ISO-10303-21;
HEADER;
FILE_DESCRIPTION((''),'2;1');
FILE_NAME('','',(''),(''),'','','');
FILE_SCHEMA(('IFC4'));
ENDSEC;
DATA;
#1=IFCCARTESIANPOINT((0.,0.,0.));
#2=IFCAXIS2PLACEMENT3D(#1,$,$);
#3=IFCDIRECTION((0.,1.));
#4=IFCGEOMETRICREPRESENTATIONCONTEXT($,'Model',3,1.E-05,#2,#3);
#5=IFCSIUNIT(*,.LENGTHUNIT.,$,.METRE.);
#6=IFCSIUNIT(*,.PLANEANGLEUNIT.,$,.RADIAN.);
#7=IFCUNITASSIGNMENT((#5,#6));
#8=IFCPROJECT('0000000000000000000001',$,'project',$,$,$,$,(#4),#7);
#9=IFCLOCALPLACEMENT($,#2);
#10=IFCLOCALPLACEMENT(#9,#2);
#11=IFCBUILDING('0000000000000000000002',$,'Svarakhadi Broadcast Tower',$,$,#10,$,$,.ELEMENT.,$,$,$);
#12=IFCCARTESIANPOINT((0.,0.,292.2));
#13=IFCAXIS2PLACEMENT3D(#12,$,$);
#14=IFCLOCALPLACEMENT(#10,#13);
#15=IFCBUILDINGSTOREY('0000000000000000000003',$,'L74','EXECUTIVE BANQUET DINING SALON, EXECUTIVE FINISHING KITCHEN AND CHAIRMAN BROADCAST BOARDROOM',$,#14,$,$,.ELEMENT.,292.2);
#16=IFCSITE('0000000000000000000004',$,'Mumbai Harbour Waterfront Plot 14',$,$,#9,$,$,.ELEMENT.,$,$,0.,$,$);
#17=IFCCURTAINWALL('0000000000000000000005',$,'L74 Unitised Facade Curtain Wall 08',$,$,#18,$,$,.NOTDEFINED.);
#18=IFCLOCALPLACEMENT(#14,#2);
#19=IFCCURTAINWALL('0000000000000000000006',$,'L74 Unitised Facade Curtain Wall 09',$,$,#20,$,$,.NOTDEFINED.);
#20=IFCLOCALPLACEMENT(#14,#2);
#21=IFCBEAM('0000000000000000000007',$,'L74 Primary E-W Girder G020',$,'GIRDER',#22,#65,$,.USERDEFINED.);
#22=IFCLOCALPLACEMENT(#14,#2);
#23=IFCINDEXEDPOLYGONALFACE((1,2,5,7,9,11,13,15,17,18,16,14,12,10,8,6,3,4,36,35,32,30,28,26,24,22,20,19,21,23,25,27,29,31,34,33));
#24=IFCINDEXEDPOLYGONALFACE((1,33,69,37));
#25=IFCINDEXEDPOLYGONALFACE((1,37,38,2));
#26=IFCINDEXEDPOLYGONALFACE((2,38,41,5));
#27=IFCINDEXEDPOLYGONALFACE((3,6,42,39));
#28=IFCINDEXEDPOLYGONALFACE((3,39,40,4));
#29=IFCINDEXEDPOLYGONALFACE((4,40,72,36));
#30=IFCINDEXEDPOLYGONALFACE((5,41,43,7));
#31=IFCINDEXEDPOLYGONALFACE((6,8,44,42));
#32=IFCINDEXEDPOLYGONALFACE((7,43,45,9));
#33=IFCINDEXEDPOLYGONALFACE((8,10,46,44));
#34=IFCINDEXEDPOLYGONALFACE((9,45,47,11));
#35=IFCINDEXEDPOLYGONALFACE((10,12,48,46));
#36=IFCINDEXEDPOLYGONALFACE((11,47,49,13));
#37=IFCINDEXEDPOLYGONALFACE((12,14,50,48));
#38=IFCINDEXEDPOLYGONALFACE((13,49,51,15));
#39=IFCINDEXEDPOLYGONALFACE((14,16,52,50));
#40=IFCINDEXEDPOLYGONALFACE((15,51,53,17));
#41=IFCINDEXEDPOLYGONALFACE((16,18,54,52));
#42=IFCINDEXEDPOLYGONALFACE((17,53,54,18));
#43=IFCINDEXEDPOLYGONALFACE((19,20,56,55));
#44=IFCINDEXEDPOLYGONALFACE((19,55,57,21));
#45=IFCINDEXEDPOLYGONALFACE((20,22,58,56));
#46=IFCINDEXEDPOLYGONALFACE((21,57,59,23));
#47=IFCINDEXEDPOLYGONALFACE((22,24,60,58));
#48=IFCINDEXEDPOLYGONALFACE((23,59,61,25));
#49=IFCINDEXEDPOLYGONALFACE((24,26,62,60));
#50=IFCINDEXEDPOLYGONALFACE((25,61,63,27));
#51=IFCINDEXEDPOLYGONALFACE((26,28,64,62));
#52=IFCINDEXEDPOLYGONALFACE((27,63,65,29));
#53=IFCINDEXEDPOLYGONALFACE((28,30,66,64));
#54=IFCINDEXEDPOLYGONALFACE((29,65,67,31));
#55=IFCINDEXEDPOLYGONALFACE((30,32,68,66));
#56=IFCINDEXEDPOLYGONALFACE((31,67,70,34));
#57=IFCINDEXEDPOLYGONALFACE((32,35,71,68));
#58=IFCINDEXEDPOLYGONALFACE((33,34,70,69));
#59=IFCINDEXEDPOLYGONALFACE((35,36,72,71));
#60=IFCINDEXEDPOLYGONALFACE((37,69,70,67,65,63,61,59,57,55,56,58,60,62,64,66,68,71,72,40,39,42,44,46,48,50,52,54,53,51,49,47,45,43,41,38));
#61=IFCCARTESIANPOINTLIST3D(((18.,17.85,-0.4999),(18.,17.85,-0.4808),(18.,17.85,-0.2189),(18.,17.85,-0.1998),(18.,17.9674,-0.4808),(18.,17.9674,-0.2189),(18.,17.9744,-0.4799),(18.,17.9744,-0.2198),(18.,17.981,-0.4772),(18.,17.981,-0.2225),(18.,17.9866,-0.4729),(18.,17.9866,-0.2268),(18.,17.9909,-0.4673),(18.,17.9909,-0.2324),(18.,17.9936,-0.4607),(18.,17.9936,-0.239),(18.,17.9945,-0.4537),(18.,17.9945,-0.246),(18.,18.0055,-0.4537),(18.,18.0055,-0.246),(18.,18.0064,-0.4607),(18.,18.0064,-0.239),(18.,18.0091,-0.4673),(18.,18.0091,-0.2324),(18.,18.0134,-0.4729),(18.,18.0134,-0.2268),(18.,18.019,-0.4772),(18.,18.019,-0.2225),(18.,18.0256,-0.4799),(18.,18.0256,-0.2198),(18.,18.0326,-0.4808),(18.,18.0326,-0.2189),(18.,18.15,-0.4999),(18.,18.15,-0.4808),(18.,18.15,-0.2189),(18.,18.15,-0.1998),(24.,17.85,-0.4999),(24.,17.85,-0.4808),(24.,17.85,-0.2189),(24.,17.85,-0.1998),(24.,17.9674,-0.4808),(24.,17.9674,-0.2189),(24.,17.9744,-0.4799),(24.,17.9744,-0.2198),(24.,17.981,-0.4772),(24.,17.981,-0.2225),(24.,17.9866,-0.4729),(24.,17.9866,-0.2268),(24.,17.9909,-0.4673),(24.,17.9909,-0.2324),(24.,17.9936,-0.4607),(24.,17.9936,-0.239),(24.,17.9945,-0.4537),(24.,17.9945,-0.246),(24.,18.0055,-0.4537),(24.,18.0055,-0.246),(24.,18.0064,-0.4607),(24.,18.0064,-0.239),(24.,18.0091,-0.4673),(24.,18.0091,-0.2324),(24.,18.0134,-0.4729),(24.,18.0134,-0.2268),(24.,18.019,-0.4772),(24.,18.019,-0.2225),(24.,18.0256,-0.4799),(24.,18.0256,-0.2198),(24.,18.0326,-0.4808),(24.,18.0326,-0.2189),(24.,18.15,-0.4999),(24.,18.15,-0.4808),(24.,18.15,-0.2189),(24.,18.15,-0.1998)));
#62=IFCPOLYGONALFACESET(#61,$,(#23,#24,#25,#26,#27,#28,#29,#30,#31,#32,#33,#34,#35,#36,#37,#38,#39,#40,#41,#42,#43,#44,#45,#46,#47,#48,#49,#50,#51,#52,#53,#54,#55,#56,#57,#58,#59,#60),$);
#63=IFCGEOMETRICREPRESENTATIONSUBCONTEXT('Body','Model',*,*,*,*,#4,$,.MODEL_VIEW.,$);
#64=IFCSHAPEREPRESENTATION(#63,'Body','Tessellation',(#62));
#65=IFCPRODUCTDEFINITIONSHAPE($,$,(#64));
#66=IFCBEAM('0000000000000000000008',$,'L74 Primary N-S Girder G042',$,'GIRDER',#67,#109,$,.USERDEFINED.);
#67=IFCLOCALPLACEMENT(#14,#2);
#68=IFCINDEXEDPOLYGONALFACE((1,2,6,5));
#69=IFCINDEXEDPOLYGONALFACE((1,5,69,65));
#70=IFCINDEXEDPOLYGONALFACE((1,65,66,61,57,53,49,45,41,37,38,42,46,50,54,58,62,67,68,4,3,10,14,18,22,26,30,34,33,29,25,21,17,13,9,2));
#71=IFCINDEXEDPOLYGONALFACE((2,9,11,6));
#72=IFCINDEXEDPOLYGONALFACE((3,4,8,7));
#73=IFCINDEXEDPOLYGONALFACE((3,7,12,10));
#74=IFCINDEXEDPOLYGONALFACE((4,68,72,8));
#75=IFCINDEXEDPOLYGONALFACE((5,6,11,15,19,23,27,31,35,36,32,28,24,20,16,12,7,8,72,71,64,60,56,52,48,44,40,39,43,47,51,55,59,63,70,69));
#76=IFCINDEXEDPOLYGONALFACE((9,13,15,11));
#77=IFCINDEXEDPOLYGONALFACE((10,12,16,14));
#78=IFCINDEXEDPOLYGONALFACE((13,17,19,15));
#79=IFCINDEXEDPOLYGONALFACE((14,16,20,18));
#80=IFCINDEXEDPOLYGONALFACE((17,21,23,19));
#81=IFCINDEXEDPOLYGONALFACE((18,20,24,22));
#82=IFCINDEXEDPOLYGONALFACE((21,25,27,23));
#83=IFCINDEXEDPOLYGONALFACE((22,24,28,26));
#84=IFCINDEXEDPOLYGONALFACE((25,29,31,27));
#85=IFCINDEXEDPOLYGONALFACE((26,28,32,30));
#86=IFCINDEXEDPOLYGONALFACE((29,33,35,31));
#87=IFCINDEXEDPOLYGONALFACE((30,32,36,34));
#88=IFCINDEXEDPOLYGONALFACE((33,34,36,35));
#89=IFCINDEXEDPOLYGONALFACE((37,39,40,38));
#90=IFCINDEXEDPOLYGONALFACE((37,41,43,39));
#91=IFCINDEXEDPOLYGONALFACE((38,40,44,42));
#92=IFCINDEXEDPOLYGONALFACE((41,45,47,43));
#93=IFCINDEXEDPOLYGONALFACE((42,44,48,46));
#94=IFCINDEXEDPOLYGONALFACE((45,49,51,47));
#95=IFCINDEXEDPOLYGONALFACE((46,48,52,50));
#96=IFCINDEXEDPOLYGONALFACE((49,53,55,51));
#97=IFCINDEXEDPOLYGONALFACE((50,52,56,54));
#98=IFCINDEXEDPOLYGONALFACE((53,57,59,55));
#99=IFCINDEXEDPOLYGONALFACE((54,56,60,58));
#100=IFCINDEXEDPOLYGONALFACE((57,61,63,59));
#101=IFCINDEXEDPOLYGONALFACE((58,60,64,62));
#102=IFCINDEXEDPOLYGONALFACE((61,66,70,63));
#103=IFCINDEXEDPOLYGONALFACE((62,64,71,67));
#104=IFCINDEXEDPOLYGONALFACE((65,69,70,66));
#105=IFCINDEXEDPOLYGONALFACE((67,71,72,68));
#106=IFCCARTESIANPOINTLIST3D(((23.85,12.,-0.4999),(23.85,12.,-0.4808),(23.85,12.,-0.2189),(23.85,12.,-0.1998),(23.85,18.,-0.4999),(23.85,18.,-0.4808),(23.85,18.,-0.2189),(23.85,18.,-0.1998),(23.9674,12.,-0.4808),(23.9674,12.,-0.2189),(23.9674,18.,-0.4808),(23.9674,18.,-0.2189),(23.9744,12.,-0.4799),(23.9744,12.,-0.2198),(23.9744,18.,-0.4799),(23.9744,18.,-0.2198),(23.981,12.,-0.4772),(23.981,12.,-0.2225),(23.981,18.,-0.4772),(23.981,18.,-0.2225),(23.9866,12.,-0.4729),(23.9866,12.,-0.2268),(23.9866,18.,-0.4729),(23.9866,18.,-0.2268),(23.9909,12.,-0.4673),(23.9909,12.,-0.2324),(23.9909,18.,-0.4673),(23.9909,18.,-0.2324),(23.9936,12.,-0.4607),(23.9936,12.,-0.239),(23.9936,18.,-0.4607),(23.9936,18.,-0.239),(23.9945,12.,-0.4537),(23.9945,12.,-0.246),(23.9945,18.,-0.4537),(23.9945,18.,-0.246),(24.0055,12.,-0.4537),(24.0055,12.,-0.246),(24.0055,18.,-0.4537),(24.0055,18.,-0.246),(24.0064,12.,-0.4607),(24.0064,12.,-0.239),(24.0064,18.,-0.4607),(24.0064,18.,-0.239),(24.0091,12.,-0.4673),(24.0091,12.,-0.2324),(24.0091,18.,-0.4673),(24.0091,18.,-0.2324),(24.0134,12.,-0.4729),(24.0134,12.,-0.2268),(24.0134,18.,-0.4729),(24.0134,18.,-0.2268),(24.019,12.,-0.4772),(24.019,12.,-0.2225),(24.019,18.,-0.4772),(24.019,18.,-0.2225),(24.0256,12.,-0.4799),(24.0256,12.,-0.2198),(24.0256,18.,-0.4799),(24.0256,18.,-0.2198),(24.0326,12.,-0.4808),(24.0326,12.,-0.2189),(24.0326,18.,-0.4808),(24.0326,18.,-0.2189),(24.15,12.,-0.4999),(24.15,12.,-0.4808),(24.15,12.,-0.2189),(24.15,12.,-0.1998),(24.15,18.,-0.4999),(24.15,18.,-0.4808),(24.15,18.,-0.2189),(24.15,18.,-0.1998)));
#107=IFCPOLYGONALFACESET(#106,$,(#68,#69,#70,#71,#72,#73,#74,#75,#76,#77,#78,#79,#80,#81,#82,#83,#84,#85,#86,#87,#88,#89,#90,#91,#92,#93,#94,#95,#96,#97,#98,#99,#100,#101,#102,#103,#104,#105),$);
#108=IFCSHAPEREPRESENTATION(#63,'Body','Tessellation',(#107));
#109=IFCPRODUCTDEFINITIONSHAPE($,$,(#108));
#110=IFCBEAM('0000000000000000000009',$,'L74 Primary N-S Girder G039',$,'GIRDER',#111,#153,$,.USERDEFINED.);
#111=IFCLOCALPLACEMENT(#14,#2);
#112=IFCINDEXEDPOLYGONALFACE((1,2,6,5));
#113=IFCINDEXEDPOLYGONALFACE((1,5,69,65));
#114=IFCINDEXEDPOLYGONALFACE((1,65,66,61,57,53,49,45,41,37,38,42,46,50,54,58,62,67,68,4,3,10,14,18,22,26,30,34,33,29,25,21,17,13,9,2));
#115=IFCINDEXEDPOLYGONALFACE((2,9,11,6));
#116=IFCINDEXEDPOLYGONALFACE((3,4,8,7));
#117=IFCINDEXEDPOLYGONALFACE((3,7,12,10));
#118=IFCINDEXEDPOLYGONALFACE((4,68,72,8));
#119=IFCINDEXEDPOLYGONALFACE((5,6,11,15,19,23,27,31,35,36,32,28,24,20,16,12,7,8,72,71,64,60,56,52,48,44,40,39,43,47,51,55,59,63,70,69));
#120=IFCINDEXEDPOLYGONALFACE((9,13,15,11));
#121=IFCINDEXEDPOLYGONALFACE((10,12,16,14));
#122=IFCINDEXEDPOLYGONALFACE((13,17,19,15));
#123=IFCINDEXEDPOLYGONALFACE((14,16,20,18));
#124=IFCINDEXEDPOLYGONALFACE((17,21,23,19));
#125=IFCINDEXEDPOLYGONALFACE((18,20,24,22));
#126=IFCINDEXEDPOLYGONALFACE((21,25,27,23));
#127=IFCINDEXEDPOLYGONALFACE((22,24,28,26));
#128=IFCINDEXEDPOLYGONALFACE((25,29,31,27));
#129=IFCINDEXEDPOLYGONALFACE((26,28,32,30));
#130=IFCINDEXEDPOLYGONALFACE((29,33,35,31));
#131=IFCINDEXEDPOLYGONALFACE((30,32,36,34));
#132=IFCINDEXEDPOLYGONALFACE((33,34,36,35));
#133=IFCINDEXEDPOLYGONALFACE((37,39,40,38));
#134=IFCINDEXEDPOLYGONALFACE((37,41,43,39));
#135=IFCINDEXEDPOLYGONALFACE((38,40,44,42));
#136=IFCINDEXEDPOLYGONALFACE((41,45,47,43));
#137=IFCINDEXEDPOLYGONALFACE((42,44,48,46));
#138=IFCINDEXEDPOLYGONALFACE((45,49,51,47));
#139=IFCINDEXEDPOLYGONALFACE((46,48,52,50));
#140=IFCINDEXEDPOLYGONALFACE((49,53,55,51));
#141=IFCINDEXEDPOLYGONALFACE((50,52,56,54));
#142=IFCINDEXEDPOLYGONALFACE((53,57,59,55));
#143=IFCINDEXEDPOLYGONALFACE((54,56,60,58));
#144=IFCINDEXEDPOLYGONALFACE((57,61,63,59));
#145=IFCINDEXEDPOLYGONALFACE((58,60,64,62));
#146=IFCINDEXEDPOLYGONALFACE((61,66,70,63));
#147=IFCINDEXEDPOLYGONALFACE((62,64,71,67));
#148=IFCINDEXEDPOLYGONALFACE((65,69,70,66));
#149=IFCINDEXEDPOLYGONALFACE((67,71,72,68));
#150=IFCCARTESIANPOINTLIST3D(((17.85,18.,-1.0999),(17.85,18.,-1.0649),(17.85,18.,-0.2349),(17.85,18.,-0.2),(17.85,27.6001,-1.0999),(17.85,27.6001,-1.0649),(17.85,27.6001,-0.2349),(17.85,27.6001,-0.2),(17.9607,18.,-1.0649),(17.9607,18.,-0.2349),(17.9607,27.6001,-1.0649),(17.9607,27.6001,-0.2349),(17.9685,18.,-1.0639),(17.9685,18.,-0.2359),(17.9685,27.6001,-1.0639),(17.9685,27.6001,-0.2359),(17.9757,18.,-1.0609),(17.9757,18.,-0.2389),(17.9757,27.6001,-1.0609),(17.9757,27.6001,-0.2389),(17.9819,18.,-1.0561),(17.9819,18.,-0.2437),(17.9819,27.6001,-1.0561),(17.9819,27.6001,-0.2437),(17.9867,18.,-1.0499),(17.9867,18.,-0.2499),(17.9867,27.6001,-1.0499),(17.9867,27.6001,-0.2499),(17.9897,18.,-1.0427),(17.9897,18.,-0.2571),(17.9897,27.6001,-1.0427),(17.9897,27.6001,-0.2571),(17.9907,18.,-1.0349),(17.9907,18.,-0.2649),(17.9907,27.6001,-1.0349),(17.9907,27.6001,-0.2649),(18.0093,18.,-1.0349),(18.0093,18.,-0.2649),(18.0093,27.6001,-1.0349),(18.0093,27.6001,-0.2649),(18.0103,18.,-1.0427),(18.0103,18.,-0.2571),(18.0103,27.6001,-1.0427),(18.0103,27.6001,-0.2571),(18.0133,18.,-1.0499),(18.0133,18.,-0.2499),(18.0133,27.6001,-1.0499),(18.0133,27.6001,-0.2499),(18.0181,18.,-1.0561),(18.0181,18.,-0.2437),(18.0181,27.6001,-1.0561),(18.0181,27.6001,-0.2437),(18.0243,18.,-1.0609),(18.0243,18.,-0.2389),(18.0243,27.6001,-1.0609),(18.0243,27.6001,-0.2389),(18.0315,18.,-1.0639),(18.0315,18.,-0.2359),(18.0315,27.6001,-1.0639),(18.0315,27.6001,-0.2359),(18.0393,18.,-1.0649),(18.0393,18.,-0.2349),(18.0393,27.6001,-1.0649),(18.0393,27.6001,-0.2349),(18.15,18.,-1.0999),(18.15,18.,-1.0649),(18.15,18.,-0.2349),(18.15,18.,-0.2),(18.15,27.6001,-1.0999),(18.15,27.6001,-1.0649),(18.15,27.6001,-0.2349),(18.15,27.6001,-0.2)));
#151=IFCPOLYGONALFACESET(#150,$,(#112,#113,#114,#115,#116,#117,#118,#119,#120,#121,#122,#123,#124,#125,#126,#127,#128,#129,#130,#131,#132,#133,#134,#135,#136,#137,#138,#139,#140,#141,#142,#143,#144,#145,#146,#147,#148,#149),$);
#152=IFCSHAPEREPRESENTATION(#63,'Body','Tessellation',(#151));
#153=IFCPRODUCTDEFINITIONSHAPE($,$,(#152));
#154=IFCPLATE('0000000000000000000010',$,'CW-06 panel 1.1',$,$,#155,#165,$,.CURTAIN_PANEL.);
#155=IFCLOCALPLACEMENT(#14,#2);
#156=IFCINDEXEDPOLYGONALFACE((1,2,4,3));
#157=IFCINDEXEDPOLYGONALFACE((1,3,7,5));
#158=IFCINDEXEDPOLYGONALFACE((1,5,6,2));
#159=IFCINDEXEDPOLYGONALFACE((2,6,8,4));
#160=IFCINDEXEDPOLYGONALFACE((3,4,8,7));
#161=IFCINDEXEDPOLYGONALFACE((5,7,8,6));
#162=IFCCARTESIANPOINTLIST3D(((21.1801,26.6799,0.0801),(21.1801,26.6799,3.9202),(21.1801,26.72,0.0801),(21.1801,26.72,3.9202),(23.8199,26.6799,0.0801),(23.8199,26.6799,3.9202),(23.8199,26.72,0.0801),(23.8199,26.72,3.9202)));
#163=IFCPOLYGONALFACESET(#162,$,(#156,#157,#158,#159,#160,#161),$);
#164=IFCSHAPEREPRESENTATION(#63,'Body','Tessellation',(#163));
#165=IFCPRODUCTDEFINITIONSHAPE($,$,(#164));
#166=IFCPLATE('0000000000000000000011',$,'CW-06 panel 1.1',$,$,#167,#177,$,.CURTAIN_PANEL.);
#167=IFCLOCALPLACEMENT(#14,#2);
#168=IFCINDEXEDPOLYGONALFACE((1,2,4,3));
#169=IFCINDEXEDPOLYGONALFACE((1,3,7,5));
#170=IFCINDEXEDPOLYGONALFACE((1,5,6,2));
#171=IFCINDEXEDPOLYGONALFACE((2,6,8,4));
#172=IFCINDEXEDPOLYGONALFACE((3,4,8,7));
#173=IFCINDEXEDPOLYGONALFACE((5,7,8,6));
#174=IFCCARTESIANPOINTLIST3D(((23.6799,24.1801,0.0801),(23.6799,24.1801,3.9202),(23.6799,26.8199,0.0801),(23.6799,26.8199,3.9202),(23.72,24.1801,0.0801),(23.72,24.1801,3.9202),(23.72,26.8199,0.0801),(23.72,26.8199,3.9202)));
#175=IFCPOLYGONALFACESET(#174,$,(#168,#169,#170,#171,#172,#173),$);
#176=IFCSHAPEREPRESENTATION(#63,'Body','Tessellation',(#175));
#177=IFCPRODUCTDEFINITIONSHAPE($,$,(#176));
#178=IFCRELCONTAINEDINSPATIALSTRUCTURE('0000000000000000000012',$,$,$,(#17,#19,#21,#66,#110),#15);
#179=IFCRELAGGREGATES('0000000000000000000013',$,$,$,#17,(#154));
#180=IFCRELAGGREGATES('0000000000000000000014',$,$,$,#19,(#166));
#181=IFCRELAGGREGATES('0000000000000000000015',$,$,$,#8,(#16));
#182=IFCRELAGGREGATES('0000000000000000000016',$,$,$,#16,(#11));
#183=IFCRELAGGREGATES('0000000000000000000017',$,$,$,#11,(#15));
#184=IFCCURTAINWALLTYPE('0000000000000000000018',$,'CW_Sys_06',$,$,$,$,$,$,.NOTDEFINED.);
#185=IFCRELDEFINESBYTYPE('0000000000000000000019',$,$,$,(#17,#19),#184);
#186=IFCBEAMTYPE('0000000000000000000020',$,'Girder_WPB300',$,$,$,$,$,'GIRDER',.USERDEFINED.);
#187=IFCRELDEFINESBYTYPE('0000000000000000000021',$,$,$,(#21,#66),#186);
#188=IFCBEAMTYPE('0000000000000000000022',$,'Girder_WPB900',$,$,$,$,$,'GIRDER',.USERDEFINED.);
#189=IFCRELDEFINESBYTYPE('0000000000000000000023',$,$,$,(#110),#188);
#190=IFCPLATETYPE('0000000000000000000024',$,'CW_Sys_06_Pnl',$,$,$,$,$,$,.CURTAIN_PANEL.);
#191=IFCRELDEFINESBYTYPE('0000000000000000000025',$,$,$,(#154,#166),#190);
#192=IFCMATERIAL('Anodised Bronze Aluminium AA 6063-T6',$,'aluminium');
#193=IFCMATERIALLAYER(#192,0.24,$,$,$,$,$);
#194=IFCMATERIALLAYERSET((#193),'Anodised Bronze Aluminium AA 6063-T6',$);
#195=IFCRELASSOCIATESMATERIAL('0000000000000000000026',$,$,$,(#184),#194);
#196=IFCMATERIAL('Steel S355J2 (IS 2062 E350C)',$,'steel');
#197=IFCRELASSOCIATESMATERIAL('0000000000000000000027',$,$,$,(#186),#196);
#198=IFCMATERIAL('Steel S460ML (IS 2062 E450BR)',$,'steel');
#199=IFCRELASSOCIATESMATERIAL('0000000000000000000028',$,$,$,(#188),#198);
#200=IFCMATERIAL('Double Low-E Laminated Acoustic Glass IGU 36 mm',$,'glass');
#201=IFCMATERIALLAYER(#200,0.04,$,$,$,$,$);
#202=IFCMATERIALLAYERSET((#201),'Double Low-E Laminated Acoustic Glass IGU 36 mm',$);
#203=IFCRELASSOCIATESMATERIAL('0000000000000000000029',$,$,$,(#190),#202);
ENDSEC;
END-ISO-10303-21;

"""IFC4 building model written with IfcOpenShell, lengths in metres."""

from ifc_helpers import new_model, si_unit, direction, frame, origin, origin_2d, place, context, subcontext, project, spatial, rectangle, i_section, extrude, material, layer, layer_set, material_profile, profile_set, type_object, element, aggregate, save


model = new_model("IFC4")

# Units and contexts
model_context = context("Model", 3, precision=1e-05, world=origin(), true_north=direction((0.0, 1.0)))
body_context = subcontext(model_context, "Body", "Model", "MODEL_VIEW")
ifc_project = project(units=[si_unit("LENGTHUNIT", "METRE"), si_unit("PLANEANGLEUNIT", "RADIAN")], contexts=[model_context])

# Site, building, storey
site_placement = place(None, origin())
site = spatial("IfcSite", under=ifc_project, at=site_placement, Name="Mumbai Harbour Waterfront Plot 14", CompositionType="ELEMENT", RefElevation=0.0)
building_placement = place(site_placement, origin())
building = spatial("IfcBuilding", under=site, at=building_placement, Name="Svarakhadi Broadcast Tower", CompositionType="ELEMENT")
storey_placement = place(building_placement, frame((0.0, 0.0, 292.2)))
storey = spatial("IfcBuildingStorey", under=building, at=storey_placement, Name="L74", Description="EXECUTIVE BANQUET DINING SALON, EXECUTIVE FINISHING KITCHEN AND CHAIRMAN BROADCAST BOARDROOM", CompositionType="ELEMENT", Elevation=292.2)

# Shared definitions
ifc_material_1 = material(Name="Steel S355J2 (IS 2062 E350C)", Category="steel")

# Curtain wall
ifc_material_2 = material(Name="Anodised Bronze Aluminium AA 6063-T6", Category="aluminium")
ifc_layer_1 = layer(ifc_material_2, 0.24)
ifc_layer_set_1 = layer_set([ifc_layer_1], Name="Anodised Bronze Aluminium AA 6063-T6")
curtain_wall_type = type_object("IfcCurtainWallType", Name="CW_Sys_06", PredefinedType="NOTDEFINED", material=ifc_layer_set_1)
curtain_wall_1_placement = place(storey_placement, origin())
curtain_wall_1 = element("IfcCurtainWall", 1, at=curtain_wall_1_placement, inside=storey, type_object=curtain_wall_type, Name="L74 Unitised Facade Curtain Wall 08", PredefinedType="NOTDEFINED")

# Curtain wall
curtain_wall_2_placement = place(storey_placement, origin())
curtain_wall_2 = element("IfcCurtainWall", 2, at=curtain_wall_2_placement, inside=storey, type_object=curtain_wall_type, Name="L74 Unitised Facade Curtain Wall 09", PredefinedType="NOTDEFINED")

# Beams
ifc_material_profile_1 = material_profile(ifc_material_1, i_section(OverallWidth=0.3, OverallDepth=0.3, WebThickness=0.011, FlangeThickness=0.019, FilletRadius=0.0271, at=origin_2d()), Name="WPB 300x300x117")
ifc_profile_set_1 = profile_set([ifc_material_profile_1], Name="Steel S355J2 (IS 2062 E350C)")
beam_type_1 = type_object("IfcBeamType", Name="Girder_WPB300", ElementType="GIRDER", PredefinedType="USERDEFINED", material=ifc_profile_set_1)
for number, where, z_axis, x_axis, name in (
    (3, (18.0, 18.0, -0.3499), (1.0, 0.0, 0.0), (0.0, 1.0, 0.0), "L74 Primary E-W Girder G020"),
    (4, (24.0, 12.0, -0.3499), (0.0, 1.0, 0.0), (-1.0, 0.0, 0.0), "L74 Primary N-S Girder G042"),
):
    element("IfcBeam", number, at=place(storey_placement, frame(where, z_axis=z_axis, x_axis=x_axis)), inside=storey, type_object=beam_type_1, Name=name, ObjectType="GIRDER", PredefinedType="USERDEFINED", context=body_context, shape_type="SweptSolid", body=[
        extrude(i_section(OverallWidth=0.3, OverallDepth=0.3, WebThickness=0.011, FlangeThickness=0.019, FilletRadius=0.0271, at=origin_2d()), origin(), (0.0, 0.0, 1.0), 6.0),
    ])
ifc_material_3 = material(Name="Steel S460ML (IS 2062 E450BR)", Category="steel")
ifc_material_profile_2 = material_profile(ifc_material_3, i_section(OverallWidth=0.3, OverallDepth=0.8999, WebThickness=0.0186, FlangeThickness=0.0349, FilletRadius=0.03, at=origin_2d()), Name="WPB 900x300x291")
ifc_profile_set_2 = profile_set([ifc_material_profile_2], Name="Steel S460ML (IS 2062 E450BR)")
beam_type_2 = type_object("IfcBeamType", Name="Girder_WPB900", ElementType="GIRDER", PredefinedType="USERDEFINED", material=ifc_profile_set_2)
beam_1_placement = place(storey_placement, frame((18.0, 18.0, -0.6499), z_axis=(0.0, 1.0, 0.0), x_axis=(-1.0, 0.0, 0.0)))
element("IfcBeam", 5, at=beam_1_placement, inside=storey, type_object=beam_type_2, Name="L74 Primary N-S Girder G039", ObjectType="GIRDER", PredefinedType="USERDEFINED", context=body_context, shape_type="SweptSolid", body=[
    extrude(i_section(OverallWidth=0.3, OverallDepth=0.8999, WebThickness=0.0186, FlangeThickness=0.0349, FilletRadius=0.03, at=origin_2d()), origin(), (0.0, 0.0, 1.0), 9.6001),
])

# Plates
ifc_material_4 = material(Name="Double Low-E Laminated Acoustic Glass IGU 36 mm", Category="glass")
ifc_layer_2 = layer(ifc_material_4, 0.04)
ifc_layer_set_2 = layer_set([ifc_layer_2], Name="Double Low-E Laminated Acoustic Glass IGU 36 mm")
plate_type = type_object("IfcPlateType", Name="CW_Sys_06_Pnl", PredefinedType="CURTAIN_PANEL", material=ifc_layer_set_2)
plate_1_placement = place(storey_placement, frame((22.5, 26.7, 0.0801), z_axis=(0.0, 0.0, 1.0), x_axis=(1.0, 0.0, 0.0)))
plate_1 = element("IfcPlate", 6, at=plate_1_placement, type_object=plate_type, Name="CW-06 panel 1.1", PredefinedType="CURTAIN_PANEL", context=body_context, shape_type="SweptSolid", body=[
    extrude(rectangle(XDim=2.6399, YDim=0.04, at=origin_2d()), origin(), (0.0, 0.0, 1.0), 3.8401),
])
aggregate(curtain_wall_1, [plate_1])
plate_2_placement = place(storey_placement, frame((23.7, 25.5, 0.0801), z_axis=(0.0, 0.0, 1.0), x_axis=(0.0, -1.0, 0.0)))
plate_2 = element("IfcPlate", 7, at=plate_2_placement, type_object=plate_type, Name="CW-06 panel 1.1", PredefinedType="CURTAIN_PANEL", context=body_context, shape_type="SweptSolid", body=[
    extrude(rectangle(XDim=2.6399, YDim=0.04, at=origin_2d()), origin(), (0.0, 0.0, 1.0), 3.8401),
])
aggregate(curtain_wall_2, [plate_2])

save(model, "model.ifc")
